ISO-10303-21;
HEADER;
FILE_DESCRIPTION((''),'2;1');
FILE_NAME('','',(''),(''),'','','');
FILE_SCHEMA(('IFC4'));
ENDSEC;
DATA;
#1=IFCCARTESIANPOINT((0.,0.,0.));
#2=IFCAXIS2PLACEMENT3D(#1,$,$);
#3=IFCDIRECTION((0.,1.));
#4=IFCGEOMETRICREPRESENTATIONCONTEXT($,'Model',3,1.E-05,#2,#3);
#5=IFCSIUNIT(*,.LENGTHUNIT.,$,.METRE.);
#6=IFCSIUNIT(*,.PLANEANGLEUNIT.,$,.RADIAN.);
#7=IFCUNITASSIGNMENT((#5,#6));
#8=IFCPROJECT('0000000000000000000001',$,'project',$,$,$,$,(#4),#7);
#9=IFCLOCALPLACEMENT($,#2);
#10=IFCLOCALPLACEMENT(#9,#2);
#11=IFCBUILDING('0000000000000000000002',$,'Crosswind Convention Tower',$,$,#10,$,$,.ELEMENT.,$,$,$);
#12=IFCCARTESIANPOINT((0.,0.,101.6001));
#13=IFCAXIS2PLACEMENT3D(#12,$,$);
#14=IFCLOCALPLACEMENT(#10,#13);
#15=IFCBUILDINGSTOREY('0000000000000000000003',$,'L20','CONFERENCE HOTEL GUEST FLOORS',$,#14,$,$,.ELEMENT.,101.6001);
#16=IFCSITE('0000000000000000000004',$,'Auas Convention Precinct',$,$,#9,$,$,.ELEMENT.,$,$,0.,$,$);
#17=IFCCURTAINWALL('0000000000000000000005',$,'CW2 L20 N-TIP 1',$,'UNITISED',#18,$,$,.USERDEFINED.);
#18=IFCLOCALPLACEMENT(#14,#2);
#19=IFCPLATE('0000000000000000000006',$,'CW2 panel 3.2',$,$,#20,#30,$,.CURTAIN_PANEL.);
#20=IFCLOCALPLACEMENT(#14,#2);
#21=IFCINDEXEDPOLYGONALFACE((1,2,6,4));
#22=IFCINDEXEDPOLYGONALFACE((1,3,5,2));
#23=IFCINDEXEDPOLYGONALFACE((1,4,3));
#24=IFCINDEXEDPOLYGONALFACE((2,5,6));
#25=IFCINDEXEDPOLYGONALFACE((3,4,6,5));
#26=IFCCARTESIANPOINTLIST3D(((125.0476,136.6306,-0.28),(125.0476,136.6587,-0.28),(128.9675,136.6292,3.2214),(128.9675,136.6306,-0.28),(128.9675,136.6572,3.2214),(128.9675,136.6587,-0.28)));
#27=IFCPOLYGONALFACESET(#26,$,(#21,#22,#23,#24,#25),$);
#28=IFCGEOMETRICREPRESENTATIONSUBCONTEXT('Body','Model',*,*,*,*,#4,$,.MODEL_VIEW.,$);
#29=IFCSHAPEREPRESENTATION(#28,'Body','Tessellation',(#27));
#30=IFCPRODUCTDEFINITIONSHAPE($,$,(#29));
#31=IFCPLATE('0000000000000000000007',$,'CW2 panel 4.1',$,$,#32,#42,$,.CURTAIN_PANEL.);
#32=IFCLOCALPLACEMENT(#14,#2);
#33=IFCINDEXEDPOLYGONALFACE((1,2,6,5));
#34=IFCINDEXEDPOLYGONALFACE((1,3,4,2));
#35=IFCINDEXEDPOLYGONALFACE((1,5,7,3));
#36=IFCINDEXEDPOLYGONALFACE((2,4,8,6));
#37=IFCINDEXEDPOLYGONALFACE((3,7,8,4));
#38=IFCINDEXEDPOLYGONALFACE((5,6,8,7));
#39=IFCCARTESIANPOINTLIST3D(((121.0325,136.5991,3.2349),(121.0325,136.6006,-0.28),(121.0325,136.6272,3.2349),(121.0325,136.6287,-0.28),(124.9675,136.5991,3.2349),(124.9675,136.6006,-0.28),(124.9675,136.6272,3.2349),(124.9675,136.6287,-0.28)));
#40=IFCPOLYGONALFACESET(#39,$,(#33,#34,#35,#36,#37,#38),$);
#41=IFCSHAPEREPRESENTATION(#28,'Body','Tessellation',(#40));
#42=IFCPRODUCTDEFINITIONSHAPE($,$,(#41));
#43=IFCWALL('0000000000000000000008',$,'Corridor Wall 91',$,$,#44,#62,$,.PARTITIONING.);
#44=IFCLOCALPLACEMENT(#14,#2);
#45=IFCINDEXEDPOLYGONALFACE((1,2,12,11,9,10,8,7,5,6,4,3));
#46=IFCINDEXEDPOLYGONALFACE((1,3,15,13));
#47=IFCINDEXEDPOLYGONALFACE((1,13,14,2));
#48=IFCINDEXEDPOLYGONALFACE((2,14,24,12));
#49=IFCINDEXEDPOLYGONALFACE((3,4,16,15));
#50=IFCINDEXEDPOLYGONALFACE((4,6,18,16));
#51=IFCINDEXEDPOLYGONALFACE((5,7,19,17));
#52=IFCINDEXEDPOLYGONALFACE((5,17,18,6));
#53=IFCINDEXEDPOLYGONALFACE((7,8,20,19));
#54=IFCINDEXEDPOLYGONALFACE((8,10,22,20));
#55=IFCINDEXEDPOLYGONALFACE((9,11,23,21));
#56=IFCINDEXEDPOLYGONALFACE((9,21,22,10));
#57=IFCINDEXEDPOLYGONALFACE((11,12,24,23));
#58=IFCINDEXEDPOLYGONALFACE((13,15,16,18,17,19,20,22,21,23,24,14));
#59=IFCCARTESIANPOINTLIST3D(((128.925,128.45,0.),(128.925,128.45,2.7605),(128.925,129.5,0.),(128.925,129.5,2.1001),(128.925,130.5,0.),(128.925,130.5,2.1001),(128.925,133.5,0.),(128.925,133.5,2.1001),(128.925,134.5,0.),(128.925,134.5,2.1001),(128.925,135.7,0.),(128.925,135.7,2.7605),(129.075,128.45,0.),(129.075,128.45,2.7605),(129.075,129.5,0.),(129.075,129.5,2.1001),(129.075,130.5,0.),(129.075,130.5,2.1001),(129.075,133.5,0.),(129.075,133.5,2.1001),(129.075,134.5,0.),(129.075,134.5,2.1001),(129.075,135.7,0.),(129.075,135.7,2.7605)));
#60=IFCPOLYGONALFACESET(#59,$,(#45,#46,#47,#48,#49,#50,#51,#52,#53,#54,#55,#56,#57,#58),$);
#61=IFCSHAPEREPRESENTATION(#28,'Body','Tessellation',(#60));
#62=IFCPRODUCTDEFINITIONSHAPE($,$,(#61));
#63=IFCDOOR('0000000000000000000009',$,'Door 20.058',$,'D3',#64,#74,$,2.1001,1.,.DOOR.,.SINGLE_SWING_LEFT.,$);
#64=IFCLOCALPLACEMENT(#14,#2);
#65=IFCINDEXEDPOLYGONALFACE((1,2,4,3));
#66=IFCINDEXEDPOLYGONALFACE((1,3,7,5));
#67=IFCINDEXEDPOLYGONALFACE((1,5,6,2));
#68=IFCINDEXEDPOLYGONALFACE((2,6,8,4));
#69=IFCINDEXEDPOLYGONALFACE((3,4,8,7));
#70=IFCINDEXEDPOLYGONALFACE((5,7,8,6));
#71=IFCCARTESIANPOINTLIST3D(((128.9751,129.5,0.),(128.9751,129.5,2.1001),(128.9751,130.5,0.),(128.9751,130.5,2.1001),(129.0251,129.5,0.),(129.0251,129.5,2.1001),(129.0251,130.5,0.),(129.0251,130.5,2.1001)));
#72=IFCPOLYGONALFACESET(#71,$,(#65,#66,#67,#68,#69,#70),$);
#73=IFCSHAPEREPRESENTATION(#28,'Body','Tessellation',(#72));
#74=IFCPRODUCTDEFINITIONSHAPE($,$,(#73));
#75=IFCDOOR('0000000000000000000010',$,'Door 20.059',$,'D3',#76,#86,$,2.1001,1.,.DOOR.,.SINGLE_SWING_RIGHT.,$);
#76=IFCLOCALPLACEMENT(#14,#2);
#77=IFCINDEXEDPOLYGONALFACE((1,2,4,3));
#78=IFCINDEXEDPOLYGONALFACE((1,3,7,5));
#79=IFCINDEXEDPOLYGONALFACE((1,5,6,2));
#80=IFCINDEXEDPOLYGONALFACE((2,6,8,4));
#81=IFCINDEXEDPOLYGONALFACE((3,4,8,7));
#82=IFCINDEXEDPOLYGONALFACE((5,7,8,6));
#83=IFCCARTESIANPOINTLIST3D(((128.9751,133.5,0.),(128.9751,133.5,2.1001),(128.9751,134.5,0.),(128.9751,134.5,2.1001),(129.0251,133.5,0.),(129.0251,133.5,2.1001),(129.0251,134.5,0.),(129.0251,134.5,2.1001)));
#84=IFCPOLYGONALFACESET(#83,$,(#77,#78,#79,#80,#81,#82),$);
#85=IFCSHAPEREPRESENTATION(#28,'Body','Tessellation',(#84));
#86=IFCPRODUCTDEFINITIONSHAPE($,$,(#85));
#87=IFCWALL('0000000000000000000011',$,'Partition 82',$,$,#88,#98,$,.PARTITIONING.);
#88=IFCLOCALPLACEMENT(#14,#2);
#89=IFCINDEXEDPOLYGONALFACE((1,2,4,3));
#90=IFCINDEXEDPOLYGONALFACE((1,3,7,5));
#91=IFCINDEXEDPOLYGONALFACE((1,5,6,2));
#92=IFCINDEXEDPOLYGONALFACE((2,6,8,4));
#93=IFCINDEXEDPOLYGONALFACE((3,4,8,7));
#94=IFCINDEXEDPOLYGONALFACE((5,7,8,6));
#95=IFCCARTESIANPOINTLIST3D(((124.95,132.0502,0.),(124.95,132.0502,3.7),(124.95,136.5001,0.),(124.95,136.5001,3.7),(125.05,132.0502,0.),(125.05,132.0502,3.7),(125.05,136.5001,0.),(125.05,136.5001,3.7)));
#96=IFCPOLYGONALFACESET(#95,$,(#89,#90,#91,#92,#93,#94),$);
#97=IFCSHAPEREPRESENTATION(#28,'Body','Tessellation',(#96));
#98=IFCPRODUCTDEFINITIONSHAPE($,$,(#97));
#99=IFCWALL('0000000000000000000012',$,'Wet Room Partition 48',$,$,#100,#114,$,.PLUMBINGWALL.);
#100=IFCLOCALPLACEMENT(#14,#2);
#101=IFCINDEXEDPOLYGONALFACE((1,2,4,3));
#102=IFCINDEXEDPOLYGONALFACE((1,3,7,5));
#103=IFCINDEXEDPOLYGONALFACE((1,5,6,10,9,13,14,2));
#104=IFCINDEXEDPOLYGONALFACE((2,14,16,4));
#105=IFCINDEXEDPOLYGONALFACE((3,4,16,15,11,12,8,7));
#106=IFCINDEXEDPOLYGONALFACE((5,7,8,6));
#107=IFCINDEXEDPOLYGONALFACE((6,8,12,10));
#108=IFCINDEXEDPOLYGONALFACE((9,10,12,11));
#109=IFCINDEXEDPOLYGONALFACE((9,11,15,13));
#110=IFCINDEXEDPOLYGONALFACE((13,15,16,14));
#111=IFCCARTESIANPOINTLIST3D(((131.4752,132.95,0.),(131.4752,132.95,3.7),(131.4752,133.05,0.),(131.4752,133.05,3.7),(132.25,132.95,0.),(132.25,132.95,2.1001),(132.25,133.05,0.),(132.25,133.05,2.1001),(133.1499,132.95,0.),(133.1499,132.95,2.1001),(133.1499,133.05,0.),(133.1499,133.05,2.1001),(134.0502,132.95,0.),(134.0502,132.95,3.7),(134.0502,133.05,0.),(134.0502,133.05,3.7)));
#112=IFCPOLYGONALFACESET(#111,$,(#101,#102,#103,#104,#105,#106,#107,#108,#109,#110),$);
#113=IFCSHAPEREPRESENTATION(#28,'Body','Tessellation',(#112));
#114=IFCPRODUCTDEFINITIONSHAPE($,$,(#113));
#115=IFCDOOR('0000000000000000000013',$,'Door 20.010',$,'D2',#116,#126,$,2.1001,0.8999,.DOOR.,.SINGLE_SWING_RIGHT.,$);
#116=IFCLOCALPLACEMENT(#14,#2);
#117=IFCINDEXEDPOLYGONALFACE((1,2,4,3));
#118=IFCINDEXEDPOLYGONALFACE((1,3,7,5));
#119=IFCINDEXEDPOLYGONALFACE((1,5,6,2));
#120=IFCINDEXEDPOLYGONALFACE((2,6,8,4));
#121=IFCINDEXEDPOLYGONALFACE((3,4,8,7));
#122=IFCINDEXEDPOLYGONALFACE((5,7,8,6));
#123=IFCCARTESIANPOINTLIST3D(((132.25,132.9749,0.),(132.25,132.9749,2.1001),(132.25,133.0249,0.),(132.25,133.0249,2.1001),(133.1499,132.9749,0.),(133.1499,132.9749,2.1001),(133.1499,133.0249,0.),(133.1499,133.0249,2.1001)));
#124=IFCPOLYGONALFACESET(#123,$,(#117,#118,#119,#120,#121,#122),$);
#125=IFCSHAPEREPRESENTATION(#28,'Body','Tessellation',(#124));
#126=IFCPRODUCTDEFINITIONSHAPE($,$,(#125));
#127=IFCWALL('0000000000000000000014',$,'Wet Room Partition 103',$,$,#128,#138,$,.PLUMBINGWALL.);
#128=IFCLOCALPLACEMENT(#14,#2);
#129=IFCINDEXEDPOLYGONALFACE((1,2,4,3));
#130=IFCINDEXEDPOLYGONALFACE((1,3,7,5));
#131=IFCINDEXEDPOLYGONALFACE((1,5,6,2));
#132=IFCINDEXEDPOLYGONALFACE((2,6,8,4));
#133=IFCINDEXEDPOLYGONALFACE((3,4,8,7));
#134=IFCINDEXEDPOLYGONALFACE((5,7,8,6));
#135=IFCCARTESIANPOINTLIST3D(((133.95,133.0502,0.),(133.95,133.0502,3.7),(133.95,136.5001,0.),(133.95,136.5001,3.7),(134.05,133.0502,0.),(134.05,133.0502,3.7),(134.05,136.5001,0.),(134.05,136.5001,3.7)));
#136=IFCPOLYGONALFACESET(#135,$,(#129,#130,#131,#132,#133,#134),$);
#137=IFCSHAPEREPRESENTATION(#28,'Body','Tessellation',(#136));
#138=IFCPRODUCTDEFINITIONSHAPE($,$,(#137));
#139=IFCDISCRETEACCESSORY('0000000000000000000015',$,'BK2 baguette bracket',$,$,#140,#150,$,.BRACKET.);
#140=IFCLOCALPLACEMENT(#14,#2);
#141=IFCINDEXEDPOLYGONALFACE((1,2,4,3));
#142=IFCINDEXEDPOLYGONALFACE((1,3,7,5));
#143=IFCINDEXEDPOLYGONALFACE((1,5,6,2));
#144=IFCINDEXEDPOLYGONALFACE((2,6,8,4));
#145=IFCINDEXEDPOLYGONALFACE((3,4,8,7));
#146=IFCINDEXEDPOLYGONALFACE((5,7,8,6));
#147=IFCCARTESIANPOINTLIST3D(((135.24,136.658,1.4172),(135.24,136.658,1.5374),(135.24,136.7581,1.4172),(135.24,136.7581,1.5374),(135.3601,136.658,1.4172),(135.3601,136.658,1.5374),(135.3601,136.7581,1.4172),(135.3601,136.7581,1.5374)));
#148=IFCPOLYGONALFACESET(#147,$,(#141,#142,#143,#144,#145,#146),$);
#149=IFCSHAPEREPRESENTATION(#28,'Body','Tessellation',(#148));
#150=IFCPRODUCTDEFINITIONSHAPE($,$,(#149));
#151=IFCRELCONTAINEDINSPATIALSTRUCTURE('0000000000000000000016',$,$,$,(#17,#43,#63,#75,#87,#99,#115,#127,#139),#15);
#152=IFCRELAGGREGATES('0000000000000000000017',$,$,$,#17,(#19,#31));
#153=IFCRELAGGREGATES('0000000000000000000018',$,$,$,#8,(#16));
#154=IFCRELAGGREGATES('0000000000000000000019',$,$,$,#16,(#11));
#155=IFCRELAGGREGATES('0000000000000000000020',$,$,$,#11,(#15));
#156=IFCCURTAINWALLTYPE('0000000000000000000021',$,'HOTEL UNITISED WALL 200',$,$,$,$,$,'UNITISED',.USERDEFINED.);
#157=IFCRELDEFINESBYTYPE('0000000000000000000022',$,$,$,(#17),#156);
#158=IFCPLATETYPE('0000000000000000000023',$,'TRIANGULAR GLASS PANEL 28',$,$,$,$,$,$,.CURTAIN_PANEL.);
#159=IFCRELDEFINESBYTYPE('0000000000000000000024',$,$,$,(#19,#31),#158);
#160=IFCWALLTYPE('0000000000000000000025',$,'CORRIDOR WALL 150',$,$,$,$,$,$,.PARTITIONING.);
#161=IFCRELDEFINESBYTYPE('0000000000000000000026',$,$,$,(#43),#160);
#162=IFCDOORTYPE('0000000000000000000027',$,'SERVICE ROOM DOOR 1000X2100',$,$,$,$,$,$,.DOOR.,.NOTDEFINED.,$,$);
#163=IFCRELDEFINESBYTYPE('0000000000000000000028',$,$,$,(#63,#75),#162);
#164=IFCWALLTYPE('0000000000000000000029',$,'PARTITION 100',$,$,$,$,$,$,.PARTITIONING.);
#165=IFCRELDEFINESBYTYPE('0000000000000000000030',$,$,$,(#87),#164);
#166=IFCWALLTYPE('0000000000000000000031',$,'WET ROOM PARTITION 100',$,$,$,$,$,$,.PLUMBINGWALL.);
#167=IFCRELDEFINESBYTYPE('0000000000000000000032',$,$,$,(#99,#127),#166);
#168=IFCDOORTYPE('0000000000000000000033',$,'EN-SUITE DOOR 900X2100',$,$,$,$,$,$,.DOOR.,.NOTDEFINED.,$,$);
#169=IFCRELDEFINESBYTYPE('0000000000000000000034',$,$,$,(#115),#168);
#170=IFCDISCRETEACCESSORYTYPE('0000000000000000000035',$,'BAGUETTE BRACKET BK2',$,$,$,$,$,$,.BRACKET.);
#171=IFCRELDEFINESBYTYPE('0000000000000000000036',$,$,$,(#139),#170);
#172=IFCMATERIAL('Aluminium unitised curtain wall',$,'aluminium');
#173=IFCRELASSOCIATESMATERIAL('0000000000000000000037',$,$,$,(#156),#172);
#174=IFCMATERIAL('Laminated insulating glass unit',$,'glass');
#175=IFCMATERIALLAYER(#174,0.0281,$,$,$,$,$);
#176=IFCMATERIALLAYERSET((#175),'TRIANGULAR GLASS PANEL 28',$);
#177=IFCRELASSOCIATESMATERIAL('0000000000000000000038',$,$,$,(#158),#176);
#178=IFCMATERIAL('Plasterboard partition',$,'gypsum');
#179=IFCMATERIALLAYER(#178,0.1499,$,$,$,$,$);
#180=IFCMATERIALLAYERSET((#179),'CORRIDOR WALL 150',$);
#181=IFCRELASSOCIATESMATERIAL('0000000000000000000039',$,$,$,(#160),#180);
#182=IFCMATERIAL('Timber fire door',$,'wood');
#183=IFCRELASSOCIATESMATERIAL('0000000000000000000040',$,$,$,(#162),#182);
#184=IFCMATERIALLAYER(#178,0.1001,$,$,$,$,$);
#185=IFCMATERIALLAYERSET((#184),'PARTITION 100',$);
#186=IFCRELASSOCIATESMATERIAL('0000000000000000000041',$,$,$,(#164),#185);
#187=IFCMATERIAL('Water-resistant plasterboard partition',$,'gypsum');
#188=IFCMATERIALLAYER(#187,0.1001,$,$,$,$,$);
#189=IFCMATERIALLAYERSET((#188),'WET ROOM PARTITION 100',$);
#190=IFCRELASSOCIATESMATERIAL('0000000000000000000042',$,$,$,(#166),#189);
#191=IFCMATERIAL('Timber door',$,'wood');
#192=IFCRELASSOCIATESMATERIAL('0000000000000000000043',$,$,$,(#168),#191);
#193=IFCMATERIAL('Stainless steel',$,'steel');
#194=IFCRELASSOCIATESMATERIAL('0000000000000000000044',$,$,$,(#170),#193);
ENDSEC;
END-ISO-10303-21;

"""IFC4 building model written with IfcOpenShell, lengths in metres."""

from ifc_helpers import new_model, si_unit, direction, frame, frame_2d, origin, origin_2d, place, context, subcontext, project, spatial, polyline, rectangle, outline, extrude, material, layer, layer_set, type_object, element, fill, aggregate, save


model = new_model("IFC4")

# Units and contexts
model_context = context("Model", 3, precision=1e-05, world=origin(), true_north=direction((0.0, 1.0)))
body_context = subcontext(model_context, "Body", "Model", "MODEL_VIEW")
ifc_project = project(units=[si_unit("LENGTHUNIT", "METRE"), si_unit("PLANEANGLEUNIT", "RADIAN")], contexts=[model_context])

# Site, building, storey
site_placement = place(None, origin())
site = spatial("IfcSite", under=ifc_project, at=site_placement, Name="Auas Convention Precinct", CompositionType="ELEMENT", RefElevation=0.0)
building_placement = place(site_placement, origin())
building = spatial("IfcBuilding", under=site, at=building_placement, Name="Crosswind Convention Tower", CompositionType="ELEMENT")
storey_placement = place(building_placement, frame((0.0, 0.0, 101.6001)))
storey = spatial("IfcBuildingStorey", under=building, at=storey_placement, Name="L20", Description="CONFERENCE HOTEL GUEST FLOORS", CompositionType="ELEMENT", Elevation=101.6001)

# Curtain wall
ifc_material_1 = material(Name="Aluminium unitised curtain wall", Category="aluminium")
curtain_wall_type = type_object("IfcCurtainWallType", Name="HOTEL UNITISED WALL 200", ElementType="UNITISED", PredefinedType="USERDEFINED", material=ifc_material_1)
curtain_wall_placement = place(storey_placement, origin())
curtain_wall = element("IfcCurtainWall", 1, at=curtain_wall_placement, inside=storey, type_object=curtain_wall_type, Name="CW2 L20 N-TIP 1", ObjectType="UNITISED", PredefinedType="USERDEFINED")

# Plates
ifc_material_2 = material(Name="Laminated insulating glass unit", Category="glass")
ifc_layer_1 = layer(ifc_material_2, 0.0281)
ifc_layer_set_1 = layer_set([ifc_layer_1], Name="TRIANGULAR GLASS PANEL 28")
plate_type = type_object("IfcPlateType", Name="TRIANGULAR GLASS PANEL 28", PredefinedType="CURTAIN_PANEL", material=ifc_layer_set_1)
plate_1_placement = place(storey_placement, frame((128.9675, 136.6587, -0.28), z_axis=(0.0, 1.0, 0.000418), x_axis=(-1.0, 0.0, 0.0)))
plate_1 = element("IfcPlate", 2, at=plate_1_placement, type_object=plate_type, Name="CW2 panel 3.2", PredefinedType="CURTAIN_PANEL", context=body_context, shape_type="SweptSolid", body=[
    extrude(outline(polyline([(0.0, 0.0), (3.9199, 0.0), (0.0, 3.5015), (0.0, 0.0)])), origin(), (0.0, 0.0, -1.0), 0.0281),
])
plate_2_placement = place(storey_placement, frame((124.9675, 136.6287, -0.28), z_axis=(0.0, 1.0, 0.000417), x_axis=(-1.0, 0.0, 0.0)))
plate_2 = element("IfcPlate", 3, at=plate_2_placement, type_object=plate_type, Name="CW2 panel 4.1", PredefinedType="CURTAIN_PANEL", context=body_context, shape_type="SweptSolid", body=[
    extrude(outline(polyline([(0.0, 0.0), (3.9351, 0.0), (3.9351, 3.5149), (0.0, 3.5149), (0.0, 0.0)])), origin(), (0.0, 0.0, -1.0), 0.0281),
])
aggregate(curtain_wall, [plate_1, plate_2])

# Wall, openings, doors
ifc_material_3 = material(Name="Plasterboard partition", Category="gypsum")
ifc_layer_2 = layer(ifc_material_3, 0.1499)
ifc_layer_set_2 = layer_set([ifc_layer_2], Name="CORRIDOR WALL 150")
wall_type_1 = type_object("IfcWallType", Name="CORRIDOR WALL 150", PredefinedType="PARTITIONING", material=ifc_layer_set_2)
wall_1_placement = place(storey_placement, frame((129.0, 128.45, 0.0), z_axis=(0.0, 0.0, 1.0), x_axis=(0.0, 1.0, 0.0)))
wall_1 = element("IfcWall", 4, at=wall_1_placement, inside=storey, type_object=wall_type_1, Name="Corridor Wall 91", PredefinedType="PARTITIONING", context=body_context, shape_type="SweptSolid", body=[
    extrude(rectangle(XDim=7.25, YDim=0.1499, at=frame_2d((3.625, 0.0))), origin(), (0.0, 0.0, 1.0), 2.7605),
])
opening_1_placement = place(wall_1_placement, frame((1.05, 0.0, 0.0)))
opening_1 = element("IfcOpeningElement", 5, at=opening_1_placement, cuts=wall_1, PredefinedType="OPENING", context=body_context, shape_type="SweptSolid", body=[
    extrude(rectangle(XDim=1.0, YDim=2.1001, at=frame_2d((0.5, 1.05))), frame((0.0, 0.085, 0.0), z_axis=(0.0, -1.0, 0.0), x_axis=(1.0, 0.0, 0.0)), (0.0, 0.0, 1.0), 0.1699),
])
opening_2_placement = place(wall_1_placement, frame((5.05, 0.0, 0.0)))
opening_2 = element("IfcOpeningElement", 6, at=opening_2_placement, cuts=wall_1, PredefinedType="OPENING", context=body_context, shape_type="SweptSolid", body=[
    extrude(rectangle(XDim=1.0, YDim=2.1001, at=frame_2d((0.5, 1.05))), frame((0.0, 0.085, 0.0), z_axis=(0.0, -1.0, 0.0), x_axis=(1.0, 0.0, 0.0)), (0.0, 0.0, 1.0), 0.1699),
])
ifc_material_4 = material(Name="Timber fire door", Category="wood")
door_type_1 = type_object("IfcDoorType", Name="SERVICE ROOM DOOR 1000X2100", OperationType="NOTDEFINED", PredefinedType="DOOR", material=ifc_material_4)
door_1_placement = place(opening_1_placement, origin())
door_1 = element("IfcDoor", 7, at=door_1_placement, inside=storey, type_object=door_type_1, Name="Door 20.058", ObjectType="D3", OperationType="SINGLE_SWING_LEFT", OverallHeight=2.1001, OverallWidth=1.0, PredefinedType="DOOR", context=body_context, shape_type="SweptSolid", body=[
    extrude(rectangle(XDim=1.0, YDim=2.1001, at=frame_2d((0.5, 1.05))), frame((0.0, 0.0249, 0.0), z_axis=(0.0, -1.0, 0.0), x_axis=(1.0, 0.0, 0.0)), (0.0, 0.0, 1.0), 0.05),
])
fill(opening_1, door_1)
door_2_placement = place(opening_2_placement, origin())
door_2 = element("IfcDoor", 8, at=door_2_placement, inside=storey, type_object=door_type_1, Name="Door 20.059", ObjectType="D3", OperationType="SINGLE_SWING_RIGHT", OverallHeight=2.1001, OverallWidth=1.0, PredefinedType="DOOR", context=body_context, shape_type="SweptSolid", body=[
    extrude(rectangle(XDim=1.0, YDim=2.1001, at=frame_2d((0.5, 1.05))), frame((0.0, 0.0249, 0.0), z_axis=(0.0, -1.0, 0.0), x_axis=(1.0, 0.0, 0.0)), (0.0, 0.0, 1.0), 0.05),
])
fill(opening_2, door_2)

# Wall
ifc_layer_3 = layer(ifc_material_3, 0.1001)
ifc_layer_set_3 = layer_set([ifc_layer_3], Name="PARTITION 100")
wall_type_2 = type_object("IfcWallType", Name="PARTITION 100", PredefinedType="PARTITIONING", material=ifc_layer_set_3)
wall_2_placement = place(storey_placement, frame((125.0, 132.05, 0.0), z_axis=(0.0, 0.0, 1.0), x_axis=(0.0, 1.0, 0.0)))
element("IfcWall", 9, at=wall_2_placement, inside=storey, type_object=wall_type_2, Name="Partition 82", PredefinedType="PARTITIONING", context=body_context, shape_type="SweptSolid", body=[
    extrude(rectangle(XDim=4.45, YDim=0.1001, at=frame_2d((2.2251, 0.0))), origin(), (0.0, 0.0, 1.0), 3.7),
])

# Wall, opening, door
ifc_material_5 = material(Name="Water-resistant plasterboard partition", Category="gypsum")
ifc_layer_4 = layer(ifc_material_5, 0.1001)
ifc_layer_set_4 = layer_set([ifc_layer_4], Name="WET ROOM PARTITION 100")
wall_type_3 = type_object("IfcWallType", Name="WET ROOM PARTITION 100", PredefinedType="PLUMBINGWALL", material=ifc_layer_set_4)
wall_3_placement = place(storey_placement, frame((131.4751, 133.0, 0.0), z_axis=(0.0, 0.0, 1.0), x_axis=(1.0, 0.0, 0.0)))
wall_3 = element("IfcWall", 10, at=wall_3_placement, inside=storey, type_object=wall_type_3, Name="Wet Room Partition 48", PredefinedType="PLUMBINGWALL", context=body_context, shape_type="SweptSolid", body=[
    extrude(rectangle(XDim=2.575, YDim=0.1001, at=frame_2d((1.2876, 0.0))), origin(), (0.0, 0.0, 1.0), 3.7),
])
opening_3_placement = place(wall_3_placement, frame((0.7749, 0.0, 0.0)))
opening_3 = element("IfcOpeningElement", 11, at=opening_3_placement, cuts=wall_3, PredefinedType="OPENING", context=body_context, shape_type="SweptSolid", body=[
    extrude(rectangle(XDim=0.8999, YDim=2.1001, at=frame_2d((0.45, 1.05))), frame((0.0, 0.0601, 0.0), z_axis=(0.0, -1.0, 0.0), x_axis=(1.0, 0.0, 0.0)), (0.0, 0.0, 1.0), 0.1201),
])
ifc_material_6 = material(Name="Timber door", Category="wood")
door_type_2 = type_object("IfcDoorType", Name="EN-SUITE DOOR 900X2100", OperationType="NOTDEFINED", PredefinedType="DOOR", material=ifc_material_6)
door_3_placement = place(opening_3_placement, origin())
door_3 = element("IfcDoor", 12, at=door_3_placement, inside=storey, type_object=door_type_2, Name="Door 20.010", ObjectType="D2", OperationType="SINGLE_SWING_RIGHT", OverallHeight=2.1001, OverallWidth=0.8999, PredefinedType="DOOR", context=body_context, shape_type="SweptSolid", body=[
    extrude(rectangle(XDim=0.8999, YDim=2.1001, at=frame_2d((0.45, 1.05))), frame((0.0, 0.0249, 0.0), z_axis=(0.0, -1.0, 0.0), x_axis=(1.0, 0.0, 0.0)), (0.0, 0.0, 1.0), 0.05),
])
fill(opening_3, door_3)

# Wall
wall_4_placement = place(storey_placement, frame((134.0, 133.05, 0.0), z_axis=(0.0, 0.0, 1.0), x_axis=(0.0, 1.0, 0.0)))
element("IfcWall", 13, at=wall_4_placement, inside=storey, type_object=wall_type_3, Name="Wet Room Partition 103", PredefinedType="PLUMBINGWALL", context=body_context, shape_type="SweptSolid", body=[
    extrude(rectangle(XDim=3.45, YDim=0.1001, at=frame_2d((1.7251, 0.0))), origin(), (0.0, 0.0, 1.0), 3.7),
])

# Discrete accessory
ifc_material_7 = material(Name="Stainless steel", Category="steel")
discrete_accessory_type = type_object("IfcDiscreteAccessoryType", Name="BAGUETTE BRACKET BK2", PredefinedType="BRACKET", material=ifc_material_7)
discrete_accessory_placement = place(storey_placement, frame((135.3, 136.708, 1.4172), z_axis=(0.0, 0.0, 1.0), x_axis=(-1.0, 0.0, 0.0)))
element("IfcDiscreteAccessory", 14, at=discrete_accessory_placement, inside=storey, type_object=discrete_accessory_type, Name="BK2 baguette bracket", PredefinedType="BRACKET", context=body_context, shape_type="SweptSolid", body=[
    extrude(rectangle(XDim=0.1201, YDim=0.1001, at=origin_2d()), origin(), (0.0, 0.0, 1.0), 0.1201),
])

save(model, "model.ifc")
